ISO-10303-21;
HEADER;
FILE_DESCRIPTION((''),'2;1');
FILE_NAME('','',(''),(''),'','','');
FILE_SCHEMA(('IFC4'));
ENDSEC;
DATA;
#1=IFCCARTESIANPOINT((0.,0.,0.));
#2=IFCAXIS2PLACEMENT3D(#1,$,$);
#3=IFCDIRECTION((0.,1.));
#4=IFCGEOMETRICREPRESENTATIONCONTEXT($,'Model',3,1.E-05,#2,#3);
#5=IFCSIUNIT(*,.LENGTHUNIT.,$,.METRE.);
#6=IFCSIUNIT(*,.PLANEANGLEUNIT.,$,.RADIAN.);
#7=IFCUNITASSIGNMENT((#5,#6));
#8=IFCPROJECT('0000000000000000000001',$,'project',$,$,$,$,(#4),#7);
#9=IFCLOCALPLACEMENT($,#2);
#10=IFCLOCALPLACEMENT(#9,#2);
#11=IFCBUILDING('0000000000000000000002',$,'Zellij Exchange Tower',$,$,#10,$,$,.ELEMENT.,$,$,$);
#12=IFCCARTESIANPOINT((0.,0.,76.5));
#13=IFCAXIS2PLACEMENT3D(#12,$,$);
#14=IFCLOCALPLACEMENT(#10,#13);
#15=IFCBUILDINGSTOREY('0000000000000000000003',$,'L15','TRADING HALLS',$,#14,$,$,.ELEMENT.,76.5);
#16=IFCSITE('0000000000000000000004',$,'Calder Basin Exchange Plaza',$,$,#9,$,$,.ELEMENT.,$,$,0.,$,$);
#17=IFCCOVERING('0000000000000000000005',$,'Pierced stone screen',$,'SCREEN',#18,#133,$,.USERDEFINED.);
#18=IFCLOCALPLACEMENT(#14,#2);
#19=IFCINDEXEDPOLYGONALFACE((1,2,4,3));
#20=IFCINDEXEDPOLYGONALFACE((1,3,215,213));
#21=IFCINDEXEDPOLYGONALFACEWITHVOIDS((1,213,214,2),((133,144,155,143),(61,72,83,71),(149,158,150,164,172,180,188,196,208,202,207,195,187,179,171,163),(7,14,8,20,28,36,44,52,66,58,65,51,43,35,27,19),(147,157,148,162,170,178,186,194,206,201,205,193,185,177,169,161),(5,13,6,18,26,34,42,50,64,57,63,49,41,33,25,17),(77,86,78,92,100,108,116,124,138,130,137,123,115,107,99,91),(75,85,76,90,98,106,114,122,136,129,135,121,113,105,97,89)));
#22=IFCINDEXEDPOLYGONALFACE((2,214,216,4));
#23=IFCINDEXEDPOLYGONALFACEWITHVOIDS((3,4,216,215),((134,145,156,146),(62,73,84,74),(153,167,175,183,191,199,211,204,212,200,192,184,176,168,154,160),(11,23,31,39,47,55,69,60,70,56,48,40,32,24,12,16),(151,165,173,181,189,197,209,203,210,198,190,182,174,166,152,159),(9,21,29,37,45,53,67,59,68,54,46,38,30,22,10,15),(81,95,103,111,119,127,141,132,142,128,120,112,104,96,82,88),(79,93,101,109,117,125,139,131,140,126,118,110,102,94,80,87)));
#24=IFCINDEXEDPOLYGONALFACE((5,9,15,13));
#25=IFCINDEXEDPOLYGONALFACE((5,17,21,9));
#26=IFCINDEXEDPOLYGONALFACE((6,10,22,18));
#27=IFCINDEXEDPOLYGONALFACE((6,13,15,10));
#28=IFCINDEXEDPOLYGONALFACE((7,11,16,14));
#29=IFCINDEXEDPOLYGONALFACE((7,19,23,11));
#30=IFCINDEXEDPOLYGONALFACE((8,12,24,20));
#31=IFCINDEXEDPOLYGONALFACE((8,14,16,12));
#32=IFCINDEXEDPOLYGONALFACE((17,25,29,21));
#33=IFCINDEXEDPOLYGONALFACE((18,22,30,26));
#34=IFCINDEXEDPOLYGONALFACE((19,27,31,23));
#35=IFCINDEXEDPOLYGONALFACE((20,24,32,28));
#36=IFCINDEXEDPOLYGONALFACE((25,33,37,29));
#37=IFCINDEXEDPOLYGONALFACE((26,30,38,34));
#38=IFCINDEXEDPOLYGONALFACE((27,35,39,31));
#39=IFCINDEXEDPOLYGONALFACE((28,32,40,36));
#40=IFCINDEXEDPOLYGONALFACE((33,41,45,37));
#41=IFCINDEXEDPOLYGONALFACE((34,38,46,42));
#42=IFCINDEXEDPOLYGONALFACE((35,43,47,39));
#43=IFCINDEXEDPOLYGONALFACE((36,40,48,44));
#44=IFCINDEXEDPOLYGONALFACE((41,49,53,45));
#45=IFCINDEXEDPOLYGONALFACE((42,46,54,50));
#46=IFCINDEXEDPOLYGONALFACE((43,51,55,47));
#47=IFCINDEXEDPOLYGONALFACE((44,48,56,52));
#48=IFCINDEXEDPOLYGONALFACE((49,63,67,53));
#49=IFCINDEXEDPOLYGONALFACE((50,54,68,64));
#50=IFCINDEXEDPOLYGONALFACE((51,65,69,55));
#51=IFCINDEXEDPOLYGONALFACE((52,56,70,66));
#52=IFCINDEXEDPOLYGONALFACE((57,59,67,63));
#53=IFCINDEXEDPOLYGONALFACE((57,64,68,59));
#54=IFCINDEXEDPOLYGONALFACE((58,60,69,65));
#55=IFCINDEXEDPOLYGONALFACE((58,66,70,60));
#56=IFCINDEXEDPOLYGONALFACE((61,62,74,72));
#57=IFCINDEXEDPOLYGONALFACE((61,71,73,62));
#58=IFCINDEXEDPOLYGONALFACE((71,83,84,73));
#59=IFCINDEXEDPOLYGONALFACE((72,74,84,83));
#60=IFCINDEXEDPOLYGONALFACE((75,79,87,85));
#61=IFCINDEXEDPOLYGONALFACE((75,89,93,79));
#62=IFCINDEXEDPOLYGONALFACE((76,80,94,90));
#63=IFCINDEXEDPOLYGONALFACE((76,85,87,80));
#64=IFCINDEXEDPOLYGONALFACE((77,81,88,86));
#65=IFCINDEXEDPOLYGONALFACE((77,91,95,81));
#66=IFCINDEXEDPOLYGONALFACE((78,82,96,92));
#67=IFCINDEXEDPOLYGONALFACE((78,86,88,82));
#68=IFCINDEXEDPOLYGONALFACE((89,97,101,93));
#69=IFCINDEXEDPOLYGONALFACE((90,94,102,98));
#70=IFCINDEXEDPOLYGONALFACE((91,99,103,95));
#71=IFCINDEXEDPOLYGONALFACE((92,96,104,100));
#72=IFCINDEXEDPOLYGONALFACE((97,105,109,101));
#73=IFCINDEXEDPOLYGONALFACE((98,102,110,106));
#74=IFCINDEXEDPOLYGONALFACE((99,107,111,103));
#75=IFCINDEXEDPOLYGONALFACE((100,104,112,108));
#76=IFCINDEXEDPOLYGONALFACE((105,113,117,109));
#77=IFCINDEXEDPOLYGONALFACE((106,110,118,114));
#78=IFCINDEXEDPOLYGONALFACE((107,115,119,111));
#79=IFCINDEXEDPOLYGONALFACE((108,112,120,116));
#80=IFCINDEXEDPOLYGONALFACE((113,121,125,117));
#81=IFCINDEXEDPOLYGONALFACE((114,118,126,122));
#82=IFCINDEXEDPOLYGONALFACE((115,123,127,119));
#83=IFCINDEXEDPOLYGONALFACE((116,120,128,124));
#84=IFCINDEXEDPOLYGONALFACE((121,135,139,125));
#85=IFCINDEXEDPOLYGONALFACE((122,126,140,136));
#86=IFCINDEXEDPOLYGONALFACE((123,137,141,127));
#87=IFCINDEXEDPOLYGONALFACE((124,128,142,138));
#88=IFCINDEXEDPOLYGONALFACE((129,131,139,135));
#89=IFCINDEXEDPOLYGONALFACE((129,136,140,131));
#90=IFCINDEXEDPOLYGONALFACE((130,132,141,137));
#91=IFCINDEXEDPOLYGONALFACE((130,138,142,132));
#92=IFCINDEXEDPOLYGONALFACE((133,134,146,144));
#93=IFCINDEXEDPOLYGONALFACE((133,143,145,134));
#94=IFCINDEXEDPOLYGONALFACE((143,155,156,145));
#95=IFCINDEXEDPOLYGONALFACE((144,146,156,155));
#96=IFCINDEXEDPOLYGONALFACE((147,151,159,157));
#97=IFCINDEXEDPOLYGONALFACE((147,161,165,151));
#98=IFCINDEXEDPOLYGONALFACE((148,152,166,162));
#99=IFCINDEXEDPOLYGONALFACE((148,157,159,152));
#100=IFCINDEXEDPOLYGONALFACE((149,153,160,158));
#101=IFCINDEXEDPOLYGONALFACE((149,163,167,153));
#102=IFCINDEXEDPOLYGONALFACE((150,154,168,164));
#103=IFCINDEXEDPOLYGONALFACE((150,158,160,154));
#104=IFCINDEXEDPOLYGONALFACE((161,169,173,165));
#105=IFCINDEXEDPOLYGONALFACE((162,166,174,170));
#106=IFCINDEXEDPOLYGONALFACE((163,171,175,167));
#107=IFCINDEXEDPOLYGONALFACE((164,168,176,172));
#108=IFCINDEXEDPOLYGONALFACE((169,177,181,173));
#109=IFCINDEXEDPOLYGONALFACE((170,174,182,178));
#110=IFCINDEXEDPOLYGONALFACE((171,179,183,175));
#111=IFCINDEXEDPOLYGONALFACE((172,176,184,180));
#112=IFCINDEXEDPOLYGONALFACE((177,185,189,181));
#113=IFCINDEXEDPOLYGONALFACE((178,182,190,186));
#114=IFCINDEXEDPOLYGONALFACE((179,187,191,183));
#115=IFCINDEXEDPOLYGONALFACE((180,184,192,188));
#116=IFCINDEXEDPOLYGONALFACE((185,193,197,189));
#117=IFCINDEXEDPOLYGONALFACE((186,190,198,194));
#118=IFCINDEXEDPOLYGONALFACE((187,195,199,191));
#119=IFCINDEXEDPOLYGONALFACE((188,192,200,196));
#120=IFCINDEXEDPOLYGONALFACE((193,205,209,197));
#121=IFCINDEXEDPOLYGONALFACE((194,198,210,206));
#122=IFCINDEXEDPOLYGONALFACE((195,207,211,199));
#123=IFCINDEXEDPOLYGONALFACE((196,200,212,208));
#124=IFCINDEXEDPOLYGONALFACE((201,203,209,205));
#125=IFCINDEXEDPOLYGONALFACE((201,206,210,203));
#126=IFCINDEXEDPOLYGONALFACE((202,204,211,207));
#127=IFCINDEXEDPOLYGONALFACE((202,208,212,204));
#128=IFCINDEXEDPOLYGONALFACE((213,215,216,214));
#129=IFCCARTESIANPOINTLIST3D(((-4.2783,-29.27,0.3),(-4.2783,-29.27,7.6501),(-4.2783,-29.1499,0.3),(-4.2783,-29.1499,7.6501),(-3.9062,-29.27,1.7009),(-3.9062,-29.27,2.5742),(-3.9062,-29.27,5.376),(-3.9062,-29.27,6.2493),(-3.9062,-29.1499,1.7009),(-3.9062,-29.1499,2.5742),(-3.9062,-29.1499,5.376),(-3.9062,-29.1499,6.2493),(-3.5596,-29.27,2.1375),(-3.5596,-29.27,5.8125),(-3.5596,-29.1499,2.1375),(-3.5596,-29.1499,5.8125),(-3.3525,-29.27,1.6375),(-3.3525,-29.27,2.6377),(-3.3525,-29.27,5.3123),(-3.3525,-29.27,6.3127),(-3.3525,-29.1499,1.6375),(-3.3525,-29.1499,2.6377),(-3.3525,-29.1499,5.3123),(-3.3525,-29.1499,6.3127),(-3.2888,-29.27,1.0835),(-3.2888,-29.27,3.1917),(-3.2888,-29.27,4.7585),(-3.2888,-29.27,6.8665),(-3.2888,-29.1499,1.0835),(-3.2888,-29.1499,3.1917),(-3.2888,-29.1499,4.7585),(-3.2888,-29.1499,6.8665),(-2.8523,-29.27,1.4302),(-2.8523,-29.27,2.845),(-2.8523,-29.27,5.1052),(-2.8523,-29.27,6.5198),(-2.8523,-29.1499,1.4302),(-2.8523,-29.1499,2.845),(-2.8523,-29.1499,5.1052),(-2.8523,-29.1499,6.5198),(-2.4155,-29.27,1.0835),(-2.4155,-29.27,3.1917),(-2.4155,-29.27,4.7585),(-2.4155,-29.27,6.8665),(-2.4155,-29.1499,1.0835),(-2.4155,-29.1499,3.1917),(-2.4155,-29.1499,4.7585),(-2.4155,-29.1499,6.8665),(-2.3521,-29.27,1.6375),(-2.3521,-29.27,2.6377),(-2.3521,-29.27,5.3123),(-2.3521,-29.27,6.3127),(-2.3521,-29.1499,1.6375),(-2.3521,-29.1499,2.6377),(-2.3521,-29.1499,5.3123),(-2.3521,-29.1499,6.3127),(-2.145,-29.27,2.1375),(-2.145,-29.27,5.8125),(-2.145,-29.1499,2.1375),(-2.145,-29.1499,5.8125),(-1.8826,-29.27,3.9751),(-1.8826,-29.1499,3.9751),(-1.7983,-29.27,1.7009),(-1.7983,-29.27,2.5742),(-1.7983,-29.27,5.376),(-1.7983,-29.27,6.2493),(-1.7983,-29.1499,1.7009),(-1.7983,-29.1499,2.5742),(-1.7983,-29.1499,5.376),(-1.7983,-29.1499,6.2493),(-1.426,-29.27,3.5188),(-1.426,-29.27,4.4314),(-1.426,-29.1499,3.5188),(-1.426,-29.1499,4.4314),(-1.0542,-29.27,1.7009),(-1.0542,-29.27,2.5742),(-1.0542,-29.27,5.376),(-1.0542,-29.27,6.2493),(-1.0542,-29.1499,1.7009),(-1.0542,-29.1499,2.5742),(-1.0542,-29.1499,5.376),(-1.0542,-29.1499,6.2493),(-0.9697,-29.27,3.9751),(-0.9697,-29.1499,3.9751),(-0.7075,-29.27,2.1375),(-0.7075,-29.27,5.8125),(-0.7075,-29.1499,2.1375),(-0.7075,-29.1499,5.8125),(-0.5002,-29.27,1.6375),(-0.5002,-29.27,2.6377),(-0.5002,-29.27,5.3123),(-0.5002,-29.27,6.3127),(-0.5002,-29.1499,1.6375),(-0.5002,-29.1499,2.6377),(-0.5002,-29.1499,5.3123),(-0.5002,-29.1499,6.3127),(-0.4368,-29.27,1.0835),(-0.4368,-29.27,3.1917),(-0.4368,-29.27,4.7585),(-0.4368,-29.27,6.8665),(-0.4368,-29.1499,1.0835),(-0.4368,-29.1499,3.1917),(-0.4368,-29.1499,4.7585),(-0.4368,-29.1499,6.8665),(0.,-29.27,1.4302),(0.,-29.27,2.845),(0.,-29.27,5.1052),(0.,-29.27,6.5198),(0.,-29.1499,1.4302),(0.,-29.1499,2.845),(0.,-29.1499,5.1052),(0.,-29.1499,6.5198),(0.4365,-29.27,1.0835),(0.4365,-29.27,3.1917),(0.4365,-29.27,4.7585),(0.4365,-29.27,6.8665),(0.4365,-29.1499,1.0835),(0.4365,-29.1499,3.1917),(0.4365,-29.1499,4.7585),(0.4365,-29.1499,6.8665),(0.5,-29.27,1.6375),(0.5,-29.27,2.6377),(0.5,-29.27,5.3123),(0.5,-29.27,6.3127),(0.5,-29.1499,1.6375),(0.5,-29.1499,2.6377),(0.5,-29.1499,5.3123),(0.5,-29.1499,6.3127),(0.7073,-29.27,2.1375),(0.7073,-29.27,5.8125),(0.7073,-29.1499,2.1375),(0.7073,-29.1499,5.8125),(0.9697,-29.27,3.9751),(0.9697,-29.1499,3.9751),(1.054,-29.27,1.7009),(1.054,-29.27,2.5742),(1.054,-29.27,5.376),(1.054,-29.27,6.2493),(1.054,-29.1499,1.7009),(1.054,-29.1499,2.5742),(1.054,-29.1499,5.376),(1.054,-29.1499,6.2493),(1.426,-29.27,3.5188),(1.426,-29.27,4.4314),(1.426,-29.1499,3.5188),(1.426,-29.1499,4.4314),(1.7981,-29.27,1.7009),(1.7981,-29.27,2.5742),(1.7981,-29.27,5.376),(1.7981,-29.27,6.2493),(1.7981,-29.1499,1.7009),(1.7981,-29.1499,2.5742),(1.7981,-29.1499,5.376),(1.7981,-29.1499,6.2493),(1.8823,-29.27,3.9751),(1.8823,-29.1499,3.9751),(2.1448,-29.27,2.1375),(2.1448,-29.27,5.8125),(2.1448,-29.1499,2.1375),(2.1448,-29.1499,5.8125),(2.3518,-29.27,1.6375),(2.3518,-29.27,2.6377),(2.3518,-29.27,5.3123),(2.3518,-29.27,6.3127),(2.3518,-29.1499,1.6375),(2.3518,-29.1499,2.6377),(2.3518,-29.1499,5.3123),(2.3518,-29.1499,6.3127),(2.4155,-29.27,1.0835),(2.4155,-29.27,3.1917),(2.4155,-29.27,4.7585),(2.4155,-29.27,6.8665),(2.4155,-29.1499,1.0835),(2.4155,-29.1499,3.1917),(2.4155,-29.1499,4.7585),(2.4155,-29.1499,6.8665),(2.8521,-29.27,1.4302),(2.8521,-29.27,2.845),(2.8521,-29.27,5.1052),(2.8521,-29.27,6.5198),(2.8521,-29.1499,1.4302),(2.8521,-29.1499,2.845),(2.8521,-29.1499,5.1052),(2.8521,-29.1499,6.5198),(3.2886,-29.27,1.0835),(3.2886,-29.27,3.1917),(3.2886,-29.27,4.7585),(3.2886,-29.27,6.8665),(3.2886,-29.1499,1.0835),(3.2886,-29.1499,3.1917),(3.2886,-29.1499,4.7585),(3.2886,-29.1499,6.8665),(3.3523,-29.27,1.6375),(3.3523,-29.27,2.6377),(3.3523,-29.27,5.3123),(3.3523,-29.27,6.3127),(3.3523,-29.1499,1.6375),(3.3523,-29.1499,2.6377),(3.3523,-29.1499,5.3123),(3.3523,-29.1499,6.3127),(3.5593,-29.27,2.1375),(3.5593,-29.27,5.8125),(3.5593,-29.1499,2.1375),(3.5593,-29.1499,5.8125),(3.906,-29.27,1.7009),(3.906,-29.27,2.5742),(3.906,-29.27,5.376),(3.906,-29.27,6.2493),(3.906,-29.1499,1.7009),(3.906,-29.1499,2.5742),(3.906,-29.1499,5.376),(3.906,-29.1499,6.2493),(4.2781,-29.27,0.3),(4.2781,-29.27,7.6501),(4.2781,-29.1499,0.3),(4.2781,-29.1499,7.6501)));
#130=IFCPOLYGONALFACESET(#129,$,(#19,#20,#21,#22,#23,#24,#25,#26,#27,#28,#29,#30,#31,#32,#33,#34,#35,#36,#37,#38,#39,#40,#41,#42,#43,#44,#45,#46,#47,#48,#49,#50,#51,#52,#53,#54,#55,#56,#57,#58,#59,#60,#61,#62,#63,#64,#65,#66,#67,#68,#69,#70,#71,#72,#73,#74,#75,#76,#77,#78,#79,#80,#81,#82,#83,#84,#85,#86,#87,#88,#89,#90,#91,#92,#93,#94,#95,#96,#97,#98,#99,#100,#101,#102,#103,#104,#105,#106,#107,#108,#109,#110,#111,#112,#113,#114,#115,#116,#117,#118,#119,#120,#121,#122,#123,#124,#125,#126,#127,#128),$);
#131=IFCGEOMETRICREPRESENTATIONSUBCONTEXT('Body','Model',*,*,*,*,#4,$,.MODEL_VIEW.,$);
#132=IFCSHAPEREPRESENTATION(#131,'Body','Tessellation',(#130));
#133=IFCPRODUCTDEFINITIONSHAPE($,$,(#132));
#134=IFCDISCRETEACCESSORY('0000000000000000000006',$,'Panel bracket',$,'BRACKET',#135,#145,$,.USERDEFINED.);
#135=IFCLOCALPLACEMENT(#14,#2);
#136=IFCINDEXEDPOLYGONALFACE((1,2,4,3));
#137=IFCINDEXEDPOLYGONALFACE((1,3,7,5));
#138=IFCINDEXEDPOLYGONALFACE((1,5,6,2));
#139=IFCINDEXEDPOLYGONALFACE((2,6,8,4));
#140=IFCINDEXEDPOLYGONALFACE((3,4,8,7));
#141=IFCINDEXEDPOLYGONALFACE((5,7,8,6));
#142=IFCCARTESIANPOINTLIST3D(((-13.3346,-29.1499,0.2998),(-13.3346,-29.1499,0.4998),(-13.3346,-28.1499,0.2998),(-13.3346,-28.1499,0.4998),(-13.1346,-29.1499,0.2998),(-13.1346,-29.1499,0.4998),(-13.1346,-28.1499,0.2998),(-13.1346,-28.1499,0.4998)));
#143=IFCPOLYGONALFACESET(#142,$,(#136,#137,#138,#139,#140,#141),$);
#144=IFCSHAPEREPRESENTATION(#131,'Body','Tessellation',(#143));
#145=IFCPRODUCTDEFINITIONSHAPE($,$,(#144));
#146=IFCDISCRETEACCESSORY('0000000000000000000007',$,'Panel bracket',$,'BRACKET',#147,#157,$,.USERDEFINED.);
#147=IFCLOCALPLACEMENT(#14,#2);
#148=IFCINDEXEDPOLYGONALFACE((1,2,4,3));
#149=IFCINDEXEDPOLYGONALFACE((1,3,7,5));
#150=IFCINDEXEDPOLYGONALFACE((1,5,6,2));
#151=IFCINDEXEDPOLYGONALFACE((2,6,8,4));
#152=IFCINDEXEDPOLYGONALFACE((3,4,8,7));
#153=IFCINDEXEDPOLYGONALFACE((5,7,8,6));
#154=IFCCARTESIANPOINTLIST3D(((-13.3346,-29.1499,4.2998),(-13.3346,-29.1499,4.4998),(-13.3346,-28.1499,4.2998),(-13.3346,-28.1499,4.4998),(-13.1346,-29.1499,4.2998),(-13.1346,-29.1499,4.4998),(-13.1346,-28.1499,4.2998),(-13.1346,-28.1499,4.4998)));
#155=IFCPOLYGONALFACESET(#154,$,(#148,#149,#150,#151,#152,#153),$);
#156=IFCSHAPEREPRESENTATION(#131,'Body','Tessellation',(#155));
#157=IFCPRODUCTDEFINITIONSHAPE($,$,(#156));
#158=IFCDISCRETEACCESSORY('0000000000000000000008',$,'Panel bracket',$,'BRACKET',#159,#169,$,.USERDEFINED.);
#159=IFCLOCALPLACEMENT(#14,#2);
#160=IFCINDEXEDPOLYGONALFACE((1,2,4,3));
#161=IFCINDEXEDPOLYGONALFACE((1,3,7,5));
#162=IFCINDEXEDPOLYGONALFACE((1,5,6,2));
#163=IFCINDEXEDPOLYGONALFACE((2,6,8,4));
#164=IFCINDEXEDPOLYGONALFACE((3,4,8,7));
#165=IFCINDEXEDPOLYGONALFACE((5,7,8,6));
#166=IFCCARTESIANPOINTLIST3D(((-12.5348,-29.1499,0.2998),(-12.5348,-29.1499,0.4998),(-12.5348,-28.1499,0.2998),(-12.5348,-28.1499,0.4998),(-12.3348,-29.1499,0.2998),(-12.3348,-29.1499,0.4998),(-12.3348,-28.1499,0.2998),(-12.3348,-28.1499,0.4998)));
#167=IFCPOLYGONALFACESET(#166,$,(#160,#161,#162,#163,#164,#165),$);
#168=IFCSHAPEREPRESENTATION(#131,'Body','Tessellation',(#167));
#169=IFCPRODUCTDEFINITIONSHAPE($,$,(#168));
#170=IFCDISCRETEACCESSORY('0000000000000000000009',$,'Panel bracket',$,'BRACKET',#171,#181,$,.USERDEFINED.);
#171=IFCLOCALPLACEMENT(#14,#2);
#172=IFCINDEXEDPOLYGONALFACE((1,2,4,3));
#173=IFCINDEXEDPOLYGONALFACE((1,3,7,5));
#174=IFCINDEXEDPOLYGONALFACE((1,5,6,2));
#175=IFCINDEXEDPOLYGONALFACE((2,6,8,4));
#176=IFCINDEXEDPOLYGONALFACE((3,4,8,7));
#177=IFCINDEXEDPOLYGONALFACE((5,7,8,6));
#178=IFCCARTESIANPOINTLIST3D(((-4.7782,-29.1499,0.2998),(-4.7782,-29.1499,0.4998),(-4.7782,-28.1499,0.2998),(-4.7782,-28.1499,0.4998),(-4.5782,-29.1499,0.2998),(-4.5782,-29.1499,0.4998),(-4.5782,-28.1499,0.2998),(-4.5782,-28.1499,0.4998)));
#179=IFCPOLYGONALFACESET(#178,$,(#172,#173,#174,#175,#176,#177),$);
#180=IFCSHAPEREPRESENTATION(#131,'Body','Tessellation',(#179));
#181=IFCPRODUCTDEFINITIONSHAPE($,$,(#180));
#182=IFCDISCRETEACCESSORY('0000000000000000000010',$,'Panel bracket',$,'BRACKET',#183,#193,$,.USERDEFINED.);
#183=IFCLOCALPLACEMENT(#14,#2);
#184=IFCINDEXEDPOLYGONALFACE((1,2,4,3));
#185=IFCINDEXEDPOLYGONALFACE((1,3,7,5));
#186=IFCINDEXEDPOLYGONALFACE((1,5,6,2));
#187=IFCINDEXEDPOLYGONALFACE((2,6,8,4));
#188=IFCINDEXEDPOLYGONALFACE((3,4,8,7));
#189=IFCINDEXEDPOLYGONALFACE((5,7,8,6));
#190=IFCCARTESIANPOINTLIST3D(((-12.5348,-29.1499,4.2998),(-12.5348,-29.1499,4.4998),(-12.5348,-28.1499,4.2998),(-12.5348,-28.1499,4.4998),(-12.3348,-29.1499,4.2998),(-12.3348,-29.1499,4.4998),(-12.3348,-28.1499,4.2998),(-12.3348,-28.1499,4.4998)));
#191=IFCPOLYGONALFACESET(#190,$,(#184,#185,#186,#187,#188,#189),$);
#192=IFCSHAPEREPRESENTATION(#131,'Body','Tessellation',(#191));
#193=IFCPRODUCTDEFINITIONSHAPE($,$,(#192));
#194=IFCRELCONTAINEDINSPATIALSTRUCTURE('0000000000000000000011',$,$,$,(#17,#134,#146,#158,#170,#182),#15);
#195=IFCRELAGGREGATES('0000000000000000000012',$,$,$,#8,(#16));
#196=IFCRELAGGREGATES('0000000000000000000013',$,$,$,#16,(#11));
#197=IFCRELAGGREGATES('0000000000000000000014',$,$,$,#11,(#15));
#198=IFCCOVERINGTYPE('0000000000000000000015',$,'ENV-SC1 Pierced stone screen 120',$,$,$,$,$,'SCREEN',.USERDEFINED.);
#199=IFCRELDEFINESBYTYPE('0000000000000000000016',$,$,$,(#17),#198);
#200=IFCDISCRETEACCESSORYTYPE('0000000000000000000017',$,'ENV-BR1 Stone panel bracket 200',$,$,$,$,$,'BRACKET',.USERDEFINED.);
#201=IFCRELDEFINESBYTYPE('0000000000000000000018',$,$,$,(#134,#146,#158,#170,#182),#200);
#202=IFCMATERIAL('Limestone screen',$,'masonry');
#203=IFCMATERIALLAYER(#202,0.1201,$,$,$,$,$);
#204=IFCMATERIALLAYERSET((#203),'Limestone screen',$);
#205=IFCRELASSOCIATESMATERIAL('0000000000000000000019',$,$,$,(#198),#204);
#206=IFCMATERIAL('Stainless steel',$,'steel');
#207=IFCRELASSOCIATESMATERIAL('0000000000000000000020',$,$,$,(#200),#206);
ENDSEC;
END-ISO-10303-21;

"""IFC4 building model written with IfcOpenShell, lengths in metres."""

from ifc_helpers import new_model, si_unit, direction, frame, origin, origin_2d, place, context, subcontext, project, spatial, polyline, rectangle, outline, extrude, material, layer, layer_set, type_object, element, save


model = new_model("IFC4")

# Units and contexts
model_context = context("Model", 3, precision=1e-05, world=origin(), true_north=direction((0.0, 1.0)))
body_context = subcontext(model_context, "Body", "Model", "MODEL_VIEW")
ifc_project = project(units=[si_unit("LENGTHUNIT", "METRE"), si_unit("PLANEANGLEUNIT", "RADIAN")], contexts=[model_context])

# Site, building, storey
site_placement = place(None, origin())
site = spatial("IfcSite", under=ifc_project, at=site_placement, Name="Calder Basin Exchange Plaza", CompositionType="ELEMENT", RefElevation=0.0)
building_placement = place(site_placement, origin())
building = spatial("IfcBuilding", under=site, at=building_placement, Name="Zellij Exchange Tower", CompositionType="ELEMENT")
storey_placement = place(building_placement, frame((0.0, 0.0, 76.5)))
storey = spatial("IfcBuildingStorey", under=building, at=storey_placement, Name="L15", Description="TRADING HALLS", CompositionType="ELEMENT", Elevation=76.5)

# Covering
ifc_material_1 = material(Name="Limestone screen", Category="masonry")
ifc_layer_1 = layer(ifc_material_1, 0.1201)
ifc_layer_set_1 = layer_set([ifc_layer_1], Name="Limestone screen")
covering_type = type_object("IfcCoveringType", Name="ENV-SC1 Pierced stone screen 120", ElementType="SCREEN", PredefinedType="USERDEFINED", material=ifc_layer_set_1)
covering_1_placement = place(storey_placement, frame((-4.2783, -29.21, 0.3), z_axis=(0.0, 0.0, 1.0), x_axis=(1.0, 0.0, 0.0)))
element("IfcCovering", 1, at=covering_1_placement, inside=storey, type_object=covering_type, Name="Pierced stone screen", ObjectType="SCREEN", PredefinedType="USERDEFINED", context=body_context, shape_type="SweptSolid", body=[
    extrude(outline(polyline([(0.0, 0.0), (8.5564, 0.0), (8.5564, 7.3501), (0.0, 7.3501), (0.0, 0.0)]), holes=[polyline([(2.48, 2.2742), (1.9263, 2.3376), (1.8628, 2.8916), (1.426, 2.5449), (0.9895, 2.8916), (0.9258, 2.3376), (0.3721, 2.2742), (0.7188, 1.8374), (0.3721, 1.4009), (0.9258, 1.3374), (0.9895, 0.7834), (1.426, 1.1301), (1.8628, 0.7834), (1.9263, 1.3374), (2.48, 1.4009), (2.1333, 1.8374), (2.48, 2.2742)]), polyline([(2.48, 5.9492), (1.9263, 6.0127), (1.8628, 6.5664), (1.426, 6.2197), (0.9895, 6.5664), (0.9258, 6.0127), (0.3721, 5.9492), (0.7188, 5.5125), (0.3721, 5.0759), (0.9258, 5.0122), (0.9895, 4.4585), (1.426, 4.8052), (1.8628, 4.4585), (1.9263, 5.0122), (2.48, 5.0759), (2.1333, 5.5125), (2.48, 5.9492)]), polyline([(5.3323, 2.2742), (4.7783, 2.3376), (4.7148, 2.8916), (4.2783, 2.5449), (3.8416, 2.8916), (3.7781, 2.3376), (3.2241, 2.2742), (3.5708, 1.8374), (3.2241, 1.4009), (3.7781, 1.3374), (3.8416, 0.7834), (4.2783, 1.1301), (4.7148, 0.7834), (4.7783, 1.3374), (5.3323, 1.4009), (4.9856, 1.8374), (5.3323, 2.2742)]), polyline([(5.3323, 5.9492), (4.7783, 6.0127), (4.7148, 6.5664), (4.2783, 6.2197), (3.8416, 6.5664), (3.7781, 6.0127), (3.2241, 5.9492), (3.5708, 5.5125), (3.2241, 5.0759), (3.7781, 5.0122), (3.8416, 4.4585), (4.2783, 4.8052), (4.7148, 4.4585), (4.7783, 5.0122), (5.3323, 5.0759), (4.9856, 5.5125), (5.3323, 5.9492)]), polyline([(8.1843, 2.2742), (7.6306, 2.3376), (7.5669, 2.8916), (7.1304, 2.5449), (6.6938, 2.8916), (6.6301, 2.3376), (6.0764, 2.2742), (6.4231, 1.8374), (6.0764, 1.4009), (6.6301, 1.3374), (6.6938, 0.7834), (7.1304, 1.1301), (7.5669, 0.7834), (7.6306, 1.3374), (8.1843, 1.4009), (7.8376, 1.8374), (8.1843, 2.2742)]), polyline([(8.1843, 5.9492), (7.6306, 6.0127), (7.5669, 6.5664), (7.1304, 6.2197), (6.6938, 6.5664), (6.6301, 6.0127), (6.0764, 5.9492), (6.4231, 5.5125), (6.0764, 5.0759), (6.6301, 5.0122), (6.6938, 4.4585), (7.1304, 4.8052), (7.5669, 4.4585), (7.6306, 5.0122), (8.1843, 5.0759), (7.8376, 5.5125), (8.1843, 5.9492)]), polyline([(3.3086, 3.675), (2.8523, 4.1313), (2.3958, 3.675), (2.8523, 3.2188), (3.3086, 3.675)]), polyline([(6.1606, 3.675), (5.7043, 4.1313), (5.248, 3.675), (5.7043, 3.2188), (6.1606, 3.675)])]), frame((0.0, 0.0601, 0.0), z_axis=(0.0, -1.0, 0.0), x_axis=(1.0, 0.0, 0.0)), (0.0, 0.0, 1.0), 0.1201),
])

# Discrete accessories
ifc_material_2 = material(Name="Stainless steel", Category="steel")
discrete_accessory_type = type_object("IfcDiscreteAccessoryType", Name="ENV-BR1 Stone panel bracket 200", ElementType="BRACKET", PredefinedType="USERDEFINED", material=ifc_material_2)
for number, where, z_axis, x_axis, name in (
    (2, (-13.2346, -28.6499, 0.2998), (0.0, 0.0, 1.0), (1.0, 0.0, 0.0), "Panel bracket"),
    (3, (-13.2346, -28.6499, 4.2998), (0.0, 0.0, 1.0), (1.0, 0.0, 0.0), "Panel bracket"),
    (4, (-12.4348, -28.6499, 0.2998), (0.0, 0.0, 1.0), (1.0, 0.0, 0.0), "Panel bracket"),
    (5, (-4.6782, -28.6499, 0.2998), (0.0, 0.0, 1.0), (1.0, 0.0, 0.0), "Panel bracket"),
    (6, (-12.4348, -28.6499, 4.2998), (0.0, 0.0, 1.0), (1.0, 0.0, 0.0), "Panel bracket"),
):
    element("IfcDiscreteAccessory", number, at=place(storey_placement, frame(where, z_axis=z_axis, x_axis=x_axis)), inside=storey, type_object=discrete_accessory_type, Name=name, ObjectType="BRACKET", PredefinedType="USERDEFINED", context=body_context, shape_type="SweptSolid", body=[
        extrude(rectangle(XDim=0.2, YDim=1.0, at=origin_2d()), origin(), (0.0, 0.0, 1.0), 0.2),
    ])

save(model, "model.ifc")
